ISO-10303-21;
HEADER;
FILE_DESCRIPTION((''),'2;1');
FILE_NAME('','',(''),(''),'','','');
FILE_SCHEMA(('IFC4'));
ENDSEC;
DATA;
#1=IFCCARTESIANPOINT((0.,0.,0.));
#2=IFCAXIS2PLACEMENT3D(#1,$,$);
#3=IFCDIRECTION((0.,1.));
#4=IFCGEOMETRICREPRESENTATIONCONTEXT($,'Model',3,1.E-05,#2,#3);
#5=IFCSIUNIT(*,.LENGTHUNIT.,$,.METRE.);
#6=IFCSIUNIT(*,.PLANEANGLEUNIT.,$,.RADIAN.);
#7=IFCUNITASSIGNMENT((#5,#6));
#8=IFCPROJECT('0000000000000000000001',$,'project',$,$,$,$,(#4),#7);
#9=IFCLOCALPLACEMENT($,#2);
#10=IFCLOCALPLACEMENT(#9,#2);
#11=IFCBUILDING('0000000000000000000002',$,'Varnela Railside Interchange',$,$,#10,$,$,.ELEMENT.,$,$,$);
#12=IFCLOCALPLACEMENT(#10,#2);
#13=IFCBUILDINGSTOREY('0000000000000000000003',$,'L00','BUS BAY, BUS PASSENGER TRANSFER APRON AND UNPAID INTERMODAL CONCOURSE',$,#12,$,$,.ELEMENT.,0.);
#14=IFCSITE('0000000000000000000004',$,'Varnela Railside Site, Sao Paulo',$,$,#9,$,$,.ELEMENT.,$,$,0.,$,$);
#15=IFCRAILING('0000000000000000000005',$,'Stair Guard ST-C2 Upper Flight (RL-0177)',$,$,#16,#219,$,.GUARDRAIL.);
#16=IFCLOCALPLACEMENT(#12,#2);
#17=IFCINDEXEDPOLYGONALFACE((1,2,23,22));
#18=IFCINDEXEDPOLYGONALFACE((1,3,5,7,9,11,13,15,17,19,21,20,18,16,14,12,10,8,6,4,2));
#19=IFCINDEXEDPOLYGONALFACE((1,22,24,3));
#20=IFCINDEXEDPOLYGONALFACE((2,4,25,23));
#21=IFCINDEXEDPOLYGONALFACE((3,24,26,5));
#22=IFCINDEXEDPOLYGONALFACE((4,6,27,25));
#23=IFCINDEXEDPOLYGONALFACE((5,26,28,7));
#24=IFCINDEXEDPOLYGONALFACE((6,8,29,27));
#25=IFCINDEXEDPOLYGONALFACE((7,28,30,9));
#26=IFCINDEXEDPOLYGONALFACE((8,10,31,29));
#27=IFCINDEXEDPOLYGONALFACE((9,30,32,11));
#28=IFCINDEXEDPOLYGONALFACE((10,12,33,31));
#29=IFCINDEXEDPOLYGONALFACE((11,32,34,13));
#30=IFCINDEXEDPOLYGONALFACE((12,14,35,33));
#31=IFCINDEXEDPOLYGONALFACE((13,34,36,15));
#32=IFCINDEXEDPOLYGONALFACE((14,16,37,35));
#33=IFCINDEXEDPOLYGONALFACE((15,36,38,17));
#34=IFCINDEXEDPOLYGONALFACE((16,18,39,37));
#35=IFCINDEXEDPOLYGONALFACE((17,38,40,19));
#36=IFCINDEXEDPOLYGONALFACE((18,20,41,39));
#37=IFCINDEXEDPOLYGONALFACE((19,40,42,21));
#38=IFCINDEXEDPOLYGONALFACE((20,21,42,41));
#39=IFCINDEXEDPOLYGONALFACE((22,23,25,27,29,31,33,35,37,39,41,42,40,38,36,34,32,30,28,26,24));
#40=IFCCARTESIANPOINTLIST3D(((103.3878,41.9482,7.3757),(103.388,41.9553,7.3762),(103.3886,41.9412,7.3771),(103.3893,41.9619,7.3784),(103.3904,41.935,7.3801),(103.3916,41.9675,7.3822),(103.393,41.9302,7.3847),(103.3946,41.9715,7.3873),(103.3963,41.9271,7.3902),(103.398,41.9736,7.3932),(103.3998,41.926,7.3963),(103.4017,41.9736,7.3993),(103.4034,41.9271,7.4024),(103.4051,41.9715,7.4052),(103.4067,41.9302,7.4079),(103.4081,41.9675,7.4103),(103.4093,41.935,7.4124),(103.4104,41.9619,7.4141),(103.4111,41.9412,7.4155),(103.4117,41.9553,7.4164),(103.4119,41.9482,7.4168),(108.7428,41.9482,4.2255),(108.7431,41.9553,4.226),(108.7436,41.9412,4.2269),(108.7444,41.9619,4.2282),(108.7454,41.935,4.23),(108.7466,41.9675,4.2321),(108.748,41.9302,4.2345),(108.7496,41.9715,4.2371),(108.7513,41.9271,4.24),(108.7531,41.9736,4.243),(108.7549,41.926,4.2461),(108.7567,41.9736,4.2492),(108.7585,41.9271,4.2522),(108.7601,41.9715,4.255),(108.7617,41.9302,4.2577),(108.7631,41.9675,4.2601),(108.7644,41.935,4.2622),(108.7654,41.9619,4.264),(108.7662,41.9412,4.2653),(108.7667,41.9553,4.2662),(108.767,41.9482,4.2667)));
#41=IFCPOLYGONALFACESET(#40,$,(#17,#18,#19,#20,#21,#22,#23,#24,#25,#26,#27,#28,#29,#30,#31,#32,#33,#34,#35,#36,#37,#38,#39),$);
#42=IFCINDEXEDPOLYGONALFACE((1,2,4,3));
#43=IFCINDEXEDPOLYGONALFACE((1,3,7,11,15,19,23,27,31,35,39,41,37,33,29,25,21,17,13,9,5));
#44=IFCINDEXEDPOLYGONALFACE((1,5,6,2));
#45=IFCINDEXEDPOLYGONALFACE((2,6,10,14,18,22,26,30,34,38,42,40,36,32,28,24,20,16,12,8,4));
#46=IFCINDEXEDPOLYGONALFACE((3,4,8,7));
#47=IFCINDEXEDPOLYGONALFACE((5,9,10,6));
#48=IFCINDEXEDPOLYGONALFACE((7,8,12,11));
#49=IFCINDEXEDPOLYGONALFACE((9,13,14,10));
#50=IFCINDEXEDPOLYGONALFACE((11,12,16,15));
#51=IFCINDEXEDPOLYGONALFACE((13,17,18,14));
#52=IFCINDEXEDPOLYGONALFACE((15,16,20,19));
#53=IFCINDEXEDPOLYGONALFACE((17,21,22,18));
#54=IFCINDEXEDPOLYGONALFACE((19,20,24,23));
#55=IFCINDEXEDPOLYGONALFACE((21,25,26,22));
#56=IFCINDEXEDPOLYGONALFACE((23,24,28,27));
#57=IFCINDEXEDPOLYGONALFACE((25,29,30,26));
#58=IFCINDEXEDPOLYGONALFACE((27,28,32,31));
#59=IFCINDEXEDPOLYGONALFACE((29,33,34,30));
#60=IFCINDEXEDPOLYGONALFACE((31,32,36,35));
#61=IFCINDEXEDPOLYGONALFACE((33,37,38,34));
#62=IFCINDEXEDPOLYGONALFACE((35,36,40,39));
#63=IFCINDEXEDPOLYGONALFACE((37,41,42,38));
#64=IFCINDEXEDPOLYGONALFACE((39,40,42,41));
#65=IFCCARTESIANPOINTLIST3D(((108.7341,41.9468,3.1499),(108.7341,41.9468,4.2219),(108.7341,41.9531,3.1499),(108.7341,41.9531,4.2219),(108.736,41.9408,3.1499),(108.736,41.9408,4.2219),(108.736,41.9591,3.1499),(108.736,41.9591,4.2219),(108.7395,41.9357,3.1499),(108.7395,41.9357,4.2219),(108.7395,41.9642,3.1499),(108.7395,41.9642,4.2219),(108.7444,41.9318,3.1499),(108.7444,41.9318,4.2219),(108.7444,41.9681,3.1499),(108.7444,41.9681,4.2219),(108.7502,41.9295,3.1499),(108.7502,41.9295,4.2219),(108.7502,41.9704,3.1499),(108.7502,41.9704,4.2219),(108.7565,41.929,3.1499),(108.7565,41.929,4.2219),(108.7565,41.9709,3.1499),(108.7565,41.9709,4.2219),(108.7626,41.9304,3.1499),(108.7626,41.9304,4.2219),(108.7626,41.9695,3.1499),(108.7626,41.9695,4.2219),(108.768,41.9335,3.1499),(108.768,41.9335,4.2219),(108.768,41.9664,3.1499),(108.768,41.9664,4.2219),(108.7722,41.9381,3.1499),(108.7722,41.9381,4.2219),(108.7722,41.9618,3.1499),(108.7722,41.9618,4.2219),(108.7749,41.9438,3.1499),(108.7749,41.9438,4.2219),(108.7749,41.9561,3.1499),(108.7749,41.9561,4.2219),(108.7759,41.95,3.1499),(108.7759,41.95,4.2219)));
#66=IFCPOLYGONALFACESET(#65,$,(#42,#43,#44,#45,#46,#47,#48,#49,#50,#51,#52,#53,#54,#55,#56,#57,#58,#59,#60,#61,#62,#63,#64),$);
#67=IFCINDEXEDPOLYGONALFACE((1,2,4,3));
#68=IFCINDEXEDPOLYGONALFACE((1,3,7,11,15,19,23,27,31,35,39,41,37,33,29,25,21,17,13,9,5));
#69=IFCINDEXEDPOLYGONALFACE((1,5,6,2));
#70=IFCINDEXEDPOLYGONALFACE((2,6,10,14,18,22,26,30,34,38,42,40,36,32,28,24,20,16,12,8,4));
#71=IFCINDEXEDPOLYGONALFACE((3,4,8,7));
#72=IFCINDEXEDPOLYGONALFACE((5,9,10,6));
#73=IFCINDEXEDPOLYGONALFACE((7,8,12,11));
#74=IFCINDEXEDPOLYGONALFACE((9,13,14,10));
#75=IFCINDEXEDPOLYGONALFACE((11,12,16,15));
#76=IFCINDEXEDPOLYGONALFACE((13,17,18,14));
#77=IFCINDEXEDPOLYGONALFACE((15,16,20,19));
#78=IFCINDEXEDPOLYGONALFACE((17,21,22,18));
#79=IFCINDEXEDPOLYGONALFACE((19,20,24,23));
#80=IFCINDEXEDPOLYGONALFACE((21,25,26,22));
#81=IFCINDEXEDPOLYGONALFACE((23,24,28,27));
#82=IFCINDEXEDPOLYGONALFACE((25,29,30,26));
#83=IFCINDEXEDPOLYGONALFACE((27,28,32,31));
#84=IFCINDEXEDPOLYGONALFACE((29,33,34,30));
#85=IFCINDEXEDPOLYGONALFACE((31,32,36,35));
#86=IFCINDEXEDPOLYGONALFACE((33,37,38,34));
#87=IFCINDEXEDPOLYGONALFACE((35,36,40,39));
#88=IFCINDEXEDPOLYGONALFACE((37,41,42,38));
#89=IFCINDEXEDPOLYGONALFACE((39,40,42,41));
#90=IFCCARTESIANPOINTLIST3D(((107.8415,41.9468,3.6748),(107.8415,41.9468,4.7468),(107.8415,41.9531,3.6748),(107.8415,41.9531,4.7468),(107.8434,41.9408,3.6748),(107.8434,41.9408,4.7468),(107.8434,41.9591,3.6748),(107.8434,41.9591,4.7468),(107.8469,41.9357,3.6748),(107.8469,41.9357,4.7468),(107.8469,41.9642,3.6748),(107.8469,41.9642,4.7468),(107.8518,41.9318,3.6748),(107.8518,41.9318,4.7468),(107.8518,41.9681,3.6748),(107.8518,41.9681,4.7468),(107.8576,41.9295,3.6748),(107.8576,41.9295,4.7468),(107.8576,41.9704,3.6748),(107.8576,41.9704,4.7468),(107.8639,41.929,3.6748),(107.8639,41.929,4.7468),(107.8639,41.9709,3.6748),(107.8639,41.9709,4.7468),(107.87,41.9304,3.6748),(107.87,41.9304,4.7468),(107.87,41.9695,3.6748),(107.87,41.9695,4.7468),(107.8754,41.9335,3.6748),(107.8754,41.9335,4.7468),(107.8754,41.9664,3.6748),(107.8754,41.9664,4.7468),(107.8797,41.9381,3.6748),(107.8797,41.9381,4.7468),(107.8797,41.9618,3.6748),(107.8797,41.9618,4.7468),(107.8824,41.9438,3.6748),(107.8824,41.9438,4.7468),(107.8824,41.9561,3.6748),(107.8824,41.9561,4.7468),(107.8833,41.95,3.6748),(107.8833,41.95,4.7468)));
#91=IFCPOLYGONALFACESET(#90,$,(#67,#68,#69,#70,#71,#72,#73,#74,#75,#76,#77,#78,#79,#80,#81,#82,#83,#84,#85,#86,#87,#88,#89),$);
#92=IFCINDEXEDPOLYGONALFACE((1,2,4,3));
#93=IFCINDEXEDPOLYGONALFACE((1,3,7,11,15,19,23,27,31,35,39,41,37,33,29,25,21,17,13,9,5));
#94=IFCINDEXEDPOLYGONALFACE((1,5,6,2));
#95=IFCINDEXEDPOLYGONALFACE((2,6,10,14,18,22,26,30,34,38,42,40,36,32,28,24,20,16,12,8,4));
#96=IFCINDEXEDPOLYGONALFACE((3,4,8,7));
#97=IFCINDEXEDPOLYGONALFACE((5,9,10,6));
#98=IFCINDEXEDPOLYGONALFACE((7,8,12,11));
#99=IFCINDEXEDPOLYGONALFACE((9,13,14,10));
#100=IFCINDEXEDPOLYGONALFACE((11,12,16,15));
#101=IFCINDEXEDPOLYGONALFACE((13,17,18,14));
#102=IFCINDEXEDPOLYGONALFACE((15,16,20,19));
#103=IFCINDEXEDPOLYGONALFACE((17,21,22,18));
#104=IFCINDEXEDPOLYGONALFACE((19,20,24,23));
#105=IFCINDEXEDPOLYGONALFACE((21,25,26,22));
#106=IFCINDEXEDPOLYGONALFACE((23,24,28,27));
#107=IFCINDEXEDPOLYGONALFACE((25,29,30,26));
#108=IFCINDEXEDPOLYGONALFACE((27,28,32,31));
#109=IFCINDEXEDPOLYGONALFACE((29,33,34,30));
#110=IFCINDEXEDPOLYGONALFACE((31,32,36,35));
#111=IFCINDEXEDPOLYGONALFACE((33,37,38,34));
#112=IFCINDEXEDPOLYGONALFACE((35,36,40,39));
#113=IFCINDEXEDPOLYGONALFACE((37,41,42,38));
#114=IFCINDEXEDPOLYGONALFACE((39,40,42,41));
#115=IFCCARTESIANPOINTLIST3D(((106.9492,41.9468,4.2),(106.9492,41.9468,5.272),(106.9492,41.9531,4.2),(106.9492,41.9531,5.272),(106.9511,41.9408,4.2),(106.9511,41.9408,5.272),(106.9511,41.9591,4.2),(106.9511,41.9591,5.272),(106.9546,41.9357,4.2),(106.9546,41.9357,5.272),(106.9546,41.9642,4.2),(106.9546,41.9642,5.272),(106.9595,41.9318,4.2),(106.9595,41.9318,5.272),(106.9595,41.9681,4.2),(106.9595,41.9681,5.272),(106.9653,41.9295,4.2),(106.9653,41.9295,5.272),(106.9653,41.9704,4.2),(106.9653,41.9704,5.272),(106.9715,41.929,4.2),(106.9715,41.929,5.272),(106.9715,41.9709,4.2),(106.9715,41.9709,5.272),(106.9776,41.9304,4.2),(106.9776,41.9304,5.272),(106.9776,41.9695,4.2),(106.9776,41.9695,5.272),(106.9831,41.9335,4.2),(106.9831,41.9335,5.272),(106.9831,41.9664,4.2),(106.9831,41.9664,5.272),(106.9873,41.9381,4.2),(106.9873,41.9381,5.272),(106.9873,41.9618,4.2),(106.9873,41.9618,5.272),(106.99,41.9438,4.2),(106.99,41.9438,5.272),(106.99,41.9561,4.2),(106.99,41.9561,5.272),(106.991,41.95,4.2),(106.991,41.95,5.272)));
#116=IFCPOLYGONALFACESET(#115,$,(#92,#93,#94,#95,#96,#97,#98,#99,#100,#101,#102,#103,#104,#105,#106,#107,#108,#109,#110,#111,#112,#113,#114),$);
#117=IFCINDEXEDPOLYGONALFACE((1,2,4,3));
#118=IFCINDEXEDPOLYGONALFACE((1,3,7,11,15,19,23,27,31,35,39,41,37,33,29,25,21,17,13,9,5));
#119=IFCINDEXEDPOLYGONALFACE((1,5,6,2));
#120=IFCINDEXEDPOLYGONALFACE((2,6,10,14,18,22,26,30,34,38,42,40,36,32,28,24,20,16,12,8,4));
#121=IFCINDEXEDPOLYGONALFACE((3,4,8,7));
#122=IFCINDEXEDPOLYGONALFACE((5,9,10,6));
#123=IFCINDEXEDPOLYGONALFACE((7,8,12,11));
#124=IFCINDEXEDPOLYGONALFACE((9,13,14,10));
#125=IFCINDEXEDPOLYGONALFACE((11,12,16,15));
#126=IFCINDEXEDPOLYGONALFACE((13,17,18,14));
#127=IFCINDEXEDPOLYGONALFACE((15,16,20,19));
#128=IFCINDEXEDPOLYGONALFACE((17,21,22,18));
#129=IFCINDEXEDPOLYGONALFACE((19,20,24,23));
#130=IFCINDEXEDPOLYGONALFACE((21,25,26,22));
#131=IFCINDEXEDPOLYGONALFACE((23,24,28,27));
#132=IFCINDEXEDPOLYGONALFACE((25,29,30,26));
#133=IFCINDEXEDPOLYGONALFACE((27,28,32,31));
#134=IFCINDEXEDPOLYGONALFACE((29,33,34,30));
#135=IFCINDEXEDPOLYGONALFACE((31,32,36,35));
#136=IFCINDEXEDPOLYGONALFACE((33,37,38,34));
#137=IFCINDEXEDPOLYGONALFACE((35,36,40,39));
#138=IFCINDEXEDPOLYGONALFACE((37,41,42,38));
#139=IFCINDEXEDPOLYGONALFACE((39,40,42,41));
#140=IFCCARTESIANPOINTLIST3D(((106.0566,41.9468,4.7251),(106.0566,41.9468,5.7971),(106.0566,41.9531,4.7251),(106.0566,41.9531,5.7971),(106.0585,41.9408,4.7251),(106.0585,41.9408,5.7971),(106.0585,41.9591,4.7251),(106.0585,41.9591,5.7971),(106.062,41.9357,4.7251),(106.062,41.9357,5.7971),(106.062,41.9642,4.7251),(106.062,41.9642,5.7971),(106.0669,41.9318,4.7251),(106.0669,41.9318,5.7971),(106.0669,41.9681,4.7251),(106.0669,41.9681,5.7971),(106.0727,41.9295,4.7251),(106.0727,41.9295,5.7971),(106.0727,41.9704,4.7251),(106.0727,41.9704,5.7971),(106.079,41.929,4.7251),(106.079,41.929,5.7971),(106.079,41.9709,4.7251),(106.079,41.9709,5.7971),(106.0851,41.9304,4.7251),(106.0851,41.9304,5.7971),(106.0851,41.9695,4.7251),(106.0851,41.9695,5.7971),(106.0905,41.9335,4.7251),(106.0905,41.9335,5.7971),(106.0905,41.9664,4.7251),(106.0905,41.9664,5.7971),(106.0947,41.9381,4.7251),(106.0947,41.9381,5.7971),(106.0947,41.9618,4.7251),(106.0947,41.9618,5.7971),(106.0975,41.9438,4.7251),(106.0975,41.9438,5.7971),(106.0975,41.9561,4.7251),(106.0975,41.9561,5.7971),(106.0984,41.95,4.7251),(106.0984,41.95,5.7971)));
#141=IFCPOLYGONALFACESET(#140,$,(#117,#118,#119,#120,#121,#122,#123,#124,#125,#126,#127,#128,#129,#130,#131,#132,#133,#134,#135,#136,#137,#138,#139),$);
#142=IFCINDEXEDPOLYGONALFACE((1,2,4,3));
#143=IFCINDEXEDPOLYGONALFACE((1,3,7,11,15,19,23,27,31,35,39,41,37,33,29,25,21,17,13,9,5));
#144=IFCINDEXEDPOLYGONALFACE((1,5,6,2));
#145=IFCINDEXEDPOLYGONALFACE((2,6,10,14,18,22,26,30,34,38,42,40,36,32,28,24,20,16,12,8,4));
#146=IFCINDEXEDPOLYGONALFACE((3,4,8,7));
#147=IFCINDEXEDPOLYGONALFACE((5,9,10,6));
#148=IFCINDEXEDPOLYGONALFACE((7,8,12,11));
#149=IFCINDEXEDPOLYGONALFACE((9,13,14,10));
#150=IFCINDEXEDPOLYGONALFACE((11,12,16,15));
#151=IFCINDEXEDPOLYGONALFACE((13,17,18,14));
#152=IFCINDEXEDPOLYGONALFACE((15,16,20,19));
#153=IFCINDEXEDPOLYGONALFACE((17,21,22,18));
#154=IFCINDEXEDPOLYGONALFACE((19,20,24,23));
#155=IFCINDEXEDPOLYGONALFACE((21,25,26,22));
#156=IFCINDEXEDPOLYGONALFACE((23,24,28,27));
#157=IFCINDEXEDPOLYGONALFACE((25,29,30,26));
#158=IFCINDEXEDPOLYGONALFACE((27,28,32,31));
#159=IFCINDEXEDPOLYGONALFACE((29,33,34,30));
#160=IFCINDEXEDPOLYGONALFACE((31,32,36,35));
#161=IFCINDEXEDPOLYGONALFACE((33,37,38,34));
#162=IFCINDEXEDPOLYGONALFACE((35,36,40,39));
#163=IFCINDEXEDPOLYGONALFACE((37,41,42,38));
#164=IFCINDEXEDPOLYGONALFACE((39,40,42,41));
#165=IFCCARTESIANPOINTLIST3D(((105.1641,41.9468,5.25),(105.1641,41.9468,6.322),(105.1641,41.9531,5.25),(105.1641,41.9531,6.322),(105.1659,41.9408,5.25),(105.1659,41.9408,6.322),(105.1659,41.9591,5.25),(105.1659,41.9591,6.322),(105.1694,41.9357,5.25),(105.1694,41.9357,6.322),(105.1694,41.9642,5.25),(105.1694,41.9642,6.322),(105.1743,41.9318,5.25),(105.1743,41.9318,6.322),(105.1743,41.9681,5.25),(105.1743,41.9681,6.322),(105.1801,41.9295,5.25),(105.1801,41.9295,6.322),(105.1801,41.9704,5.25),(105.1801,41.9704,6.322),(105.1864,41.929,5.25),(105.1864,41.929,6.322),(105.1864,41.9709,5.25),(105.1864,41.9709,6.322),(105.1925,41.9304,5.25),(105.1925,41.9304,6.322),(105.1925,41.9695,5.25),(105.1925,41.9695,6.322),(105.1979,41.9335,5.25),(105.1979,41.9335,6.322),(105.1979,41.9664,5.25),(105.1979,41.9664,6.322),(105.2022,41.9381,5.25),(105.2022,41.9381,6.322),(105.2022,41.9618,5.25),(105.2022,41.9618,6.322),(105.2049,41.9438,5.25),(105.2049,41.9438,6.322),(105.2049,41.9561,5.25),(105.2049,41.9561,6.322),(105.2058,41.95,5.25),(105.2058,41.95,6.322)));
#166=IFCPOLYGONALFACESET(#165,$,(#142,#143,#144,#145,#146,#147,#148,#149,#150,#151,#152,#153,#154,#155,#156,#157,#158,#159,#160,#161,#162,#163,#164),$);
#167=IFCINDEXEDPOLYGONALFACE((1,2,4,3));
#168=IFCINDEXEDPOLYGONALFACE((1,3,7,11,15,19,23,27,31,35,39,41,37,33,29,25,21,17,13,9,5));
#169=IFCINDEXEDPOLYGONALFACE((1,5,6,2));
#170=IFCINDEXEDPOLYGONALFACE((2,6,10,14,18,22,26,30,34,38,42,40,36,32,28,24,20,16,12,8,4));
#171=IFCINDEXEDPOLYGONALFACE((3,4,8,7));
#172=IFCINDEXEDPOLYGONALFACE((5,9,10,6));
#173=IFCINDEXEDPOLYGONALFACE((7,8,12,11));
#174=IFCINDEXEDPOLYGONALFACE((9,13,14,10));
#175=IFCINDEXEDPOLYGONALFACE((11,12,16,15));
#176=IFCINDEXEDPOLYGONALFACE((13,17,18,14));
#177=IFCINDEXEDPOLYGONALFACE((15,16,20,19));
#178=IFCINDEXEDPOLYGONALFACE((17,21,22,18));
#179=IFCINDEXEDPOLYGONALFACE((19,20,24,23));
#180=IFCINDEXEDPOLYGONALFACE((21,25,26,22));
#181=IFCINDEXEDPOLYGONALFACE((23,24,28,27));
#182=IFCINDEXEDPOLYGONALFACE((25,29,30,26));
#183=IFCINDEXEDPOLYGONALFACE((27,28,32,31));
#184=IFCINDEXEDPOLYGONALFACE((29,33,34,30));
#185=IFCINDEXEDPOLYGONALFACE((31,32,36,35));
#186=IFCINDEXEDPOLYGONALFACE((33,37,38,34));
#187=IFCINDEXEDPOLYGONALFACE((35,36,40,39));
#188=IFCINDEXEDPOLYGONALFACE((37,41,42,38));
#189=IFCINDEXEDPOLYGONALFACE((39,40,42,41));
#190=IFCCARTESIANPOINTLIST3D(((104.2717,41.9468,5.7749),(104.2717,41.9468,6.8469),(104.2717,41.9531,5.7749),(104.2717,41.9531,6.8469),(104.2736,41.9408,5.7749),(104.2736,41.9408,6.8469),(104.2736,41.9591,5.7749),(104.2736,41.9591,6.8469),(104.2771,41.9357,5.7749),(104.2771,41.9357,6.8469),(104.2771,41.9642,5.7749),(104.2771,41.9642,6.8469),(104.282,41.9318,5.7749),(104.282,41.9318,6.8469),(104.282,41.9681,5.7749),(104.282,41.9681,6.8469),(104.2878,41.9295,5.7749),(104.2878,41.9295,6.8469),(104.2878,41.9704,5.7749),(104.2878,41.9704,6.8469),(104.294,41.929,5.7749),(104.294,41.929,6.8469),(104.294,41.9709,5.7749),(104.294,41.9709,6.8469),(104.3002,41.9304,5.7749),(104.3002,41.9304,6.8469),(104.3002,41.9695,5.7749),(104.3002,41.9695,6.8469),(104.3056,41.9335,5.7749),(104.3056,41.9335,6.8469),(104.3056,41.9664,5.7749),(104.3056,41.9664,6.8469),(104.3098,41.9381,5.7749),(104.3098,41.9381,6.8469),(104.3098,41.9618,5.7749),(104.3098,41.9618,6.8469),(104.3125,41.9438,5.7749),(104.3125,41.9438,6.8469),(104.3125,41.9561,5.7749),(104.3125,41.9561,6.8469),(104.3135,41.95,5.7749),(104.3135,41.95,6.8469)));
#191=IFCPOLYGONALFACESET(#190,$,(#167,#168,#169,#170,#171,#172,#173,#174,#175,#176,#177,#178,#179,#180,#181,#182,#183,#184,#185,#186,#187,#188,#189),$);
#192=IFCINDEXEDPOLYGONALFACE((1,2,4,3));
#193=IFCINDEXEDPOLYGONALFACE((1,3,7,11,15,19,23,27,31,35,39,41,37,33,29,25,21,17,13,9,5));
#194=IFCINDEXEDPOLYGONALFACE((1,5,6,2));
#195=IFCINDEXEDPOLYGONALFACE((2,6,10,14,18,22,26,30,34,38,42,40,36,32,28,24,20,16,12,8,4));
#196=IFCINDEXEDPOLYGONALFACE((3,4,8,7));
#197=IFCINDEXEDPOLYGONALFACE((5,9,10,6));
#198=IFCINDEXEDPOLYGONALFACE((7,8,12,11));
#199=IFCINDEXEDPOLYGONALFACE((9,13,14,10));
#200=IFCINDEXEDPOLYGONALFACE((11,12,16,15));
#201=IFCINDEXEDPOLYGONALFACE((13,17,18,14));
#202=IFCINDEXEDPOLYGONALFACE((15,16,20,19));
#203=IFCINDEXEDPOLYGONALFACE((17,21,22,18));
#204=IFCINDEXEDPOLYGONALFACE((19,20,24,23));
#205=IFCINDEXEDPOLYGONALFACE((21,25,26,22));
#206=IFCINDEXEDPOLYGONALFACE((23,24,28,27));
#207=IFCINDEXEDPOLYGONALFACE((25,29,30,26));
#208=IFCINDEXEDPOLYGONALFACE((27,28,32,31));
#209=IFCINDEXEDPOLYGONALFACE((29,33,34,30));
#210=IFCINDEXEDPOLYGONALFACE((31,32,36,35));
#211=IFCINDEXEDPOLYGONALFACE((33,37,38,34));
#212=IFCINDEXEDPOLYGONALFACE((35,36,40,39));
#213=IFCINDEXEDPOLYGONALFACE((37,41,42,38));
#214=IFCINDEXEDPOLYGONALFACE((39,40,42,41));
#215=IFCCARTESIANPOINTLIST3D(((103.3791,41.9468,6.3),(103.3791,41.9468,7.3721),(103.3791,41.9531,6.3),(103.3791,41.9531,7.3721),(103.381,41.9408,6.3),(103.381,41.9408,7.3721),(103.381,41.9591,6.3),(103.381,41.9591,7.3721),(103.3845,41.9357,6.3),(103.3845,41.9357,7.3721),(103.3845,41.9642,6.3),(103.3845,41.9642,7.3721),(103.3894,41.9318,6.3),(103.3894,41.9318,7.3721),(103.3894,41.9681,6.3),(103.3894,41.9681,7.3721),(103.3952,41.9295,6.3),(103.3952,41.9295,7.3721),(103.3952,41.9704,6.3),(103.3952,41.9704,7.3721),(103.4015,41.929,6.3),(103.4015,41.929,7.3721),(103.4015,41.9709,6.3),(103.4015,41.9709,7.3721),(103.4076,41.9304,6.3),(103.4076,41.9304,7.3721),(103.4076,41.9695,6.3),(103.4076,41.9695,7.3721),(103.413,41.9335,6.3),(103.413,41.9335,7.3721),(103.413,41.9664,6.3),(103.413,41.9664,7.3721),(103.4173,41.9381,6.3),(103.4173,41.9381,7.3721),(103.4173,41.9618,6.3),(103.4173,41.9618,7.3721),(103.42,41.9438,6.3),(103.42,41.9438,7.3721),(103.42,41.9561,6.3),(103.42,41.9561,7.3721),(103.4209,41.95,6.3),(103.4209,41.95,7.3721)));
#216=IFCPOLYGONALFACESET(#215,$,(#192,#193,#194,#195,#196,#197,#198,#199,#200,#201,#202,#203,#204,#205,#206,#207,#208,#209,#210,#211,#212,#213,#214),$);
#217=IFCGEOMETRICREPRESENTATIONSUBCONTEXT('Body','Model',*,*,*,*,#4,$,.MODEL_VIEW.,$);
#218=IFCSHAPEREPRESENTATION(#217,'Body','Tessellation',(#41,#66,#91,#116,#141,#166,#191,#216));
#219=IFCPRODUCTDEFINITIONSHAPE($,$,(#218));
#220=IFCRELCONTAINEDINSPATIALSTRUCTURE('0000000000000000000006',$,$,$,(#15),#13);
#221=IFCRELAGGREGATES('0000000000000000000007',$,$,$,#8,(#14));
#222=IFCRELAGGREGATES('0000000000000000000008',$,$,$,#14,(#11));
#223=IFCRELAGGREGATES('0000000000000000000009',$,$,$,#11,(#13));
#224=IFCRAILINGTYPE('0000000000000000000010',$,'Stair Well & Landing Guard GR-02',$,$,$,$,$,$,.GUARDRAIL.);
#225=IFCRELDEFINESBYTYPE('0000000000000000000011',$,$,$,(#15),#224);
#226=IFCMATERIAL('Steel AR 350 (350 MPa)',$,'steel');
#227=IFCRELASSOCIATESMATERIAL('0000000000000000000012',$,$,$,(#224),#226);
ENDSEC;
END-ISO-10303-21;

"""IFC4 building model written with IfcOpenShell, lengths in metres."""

from ifc_helpers import new_model, si_unit, direction, frame, origin, origin_2d, place, context, subcontext, project, spatial, circle, extrude, material, type_object, element, save


model = new_model("IFC4")

# Units and contexts
model_context = context("Model", 3, precision=1e-05, world=origin(), true_north=direction((0.0, 1.0)))
body_context = subcontext(model_context, "Body", "Model", "MODEL_VIEW")
ifc_project = project(units=[si_unit("LENGTHUNIT", "METRE"), si_unit("PLANEANGLEUNIT", "RADIAN")], contexts=[model_context])

# Site, building, storey
site_placement = place(None, origin())
site = spatial("IfcSite", under=ifc_project, at=site_placement, Name="Varnela Railside Site, Sao Paulo", CompositionType="ELEMENT", RefElevation=0.0)
building_placement = place(site_placement, origin())
building = spatial("IfcBuilding", under=site, at=building_placement, Name="Varnela Railside Interchange", CompositionType="ELEMENT")
storey_placement = place(building_placement, origin())
storey = spatial("IfcBuildingStorey", under=building, at=storey_placement, Name="L00", Description="BUS BAY, BUS PASSENGER TRANSFER APRON AND UNPAID INTERMODAL CONCOURSE", CompositionType="ELEMENT", Elevation=0.0)

# Shared definitions
ifc_material_1 = material(Name="Steel AR 350 (350 MPa)", Category="steel")

# Railing
railing_type_1 = type_object("IfcRailingType", Name="Stair Well & Landing Guard GR-02", PredefinedType="GUARDRAIL", material=ifc_material_1)
railing_1_placement = place(storey_placement, frame((108.7549, 41.95, 3.1499)))
element("IfcRailing", 1, at=railing_1_placement, inside=storey, type_object=railing_type_1, Name="Stair Guard ST-C2 Upper Flight (RL-0177)", PredefinedType="GUARDRAIL", context=body_context, shape_type="SweptSolid", body=[
    extrude(circle(Radius=0.0239, at=origin_2d()), frame((0.0, 0.0, 1.0962), z_axis=(-0.861923, 0.0, 0.507039), x_axis=(0.0, -1.0, 0.0)), (0.0, 0.0, 1.0), 6.2129),
    extrude(circle(Radius=0.021, at=origin_2d()), origin(), (0.0, 0.0, 1.0), 1.072),
    extrude(circle(Radius=0.021, at=origin_2d()), frame((-0.8926, 0.0, 0.5249)), (0.0, 0.0, 1.0), 1.072),
    extrude(circle(Radius=0.021, at=origin_2d()), frame((-1.7849, 0.0, 1.05)), (0.0, 0.0, 1.0), 1.072),
    extrude(circle(Radius=0.021, at=origin_2d()), frame((-2.6775, 0.0, 1.5752)), (0.0, 0.0, 1.0), 1.072),
    extrude(circle(Radius=0.021, at=origin_2d()), frame((-3.5701, 0.0, 2.1001)), (0.0, 0.0, 1.0), 1.072),
    extrude(circle(Radius=0.021, at=origin_2d()), frame((-4.4624, 0.0, 2.625)), (0.0, 0.0, 1.0), 1.072),
    extrude(circle(Radius=0.021, at=origin_2d()), frame((-5.355, 0.0, 3.1501)), (0.0, 0.0, 1.0), 1.072),
])

save(model, "model.ifc")
